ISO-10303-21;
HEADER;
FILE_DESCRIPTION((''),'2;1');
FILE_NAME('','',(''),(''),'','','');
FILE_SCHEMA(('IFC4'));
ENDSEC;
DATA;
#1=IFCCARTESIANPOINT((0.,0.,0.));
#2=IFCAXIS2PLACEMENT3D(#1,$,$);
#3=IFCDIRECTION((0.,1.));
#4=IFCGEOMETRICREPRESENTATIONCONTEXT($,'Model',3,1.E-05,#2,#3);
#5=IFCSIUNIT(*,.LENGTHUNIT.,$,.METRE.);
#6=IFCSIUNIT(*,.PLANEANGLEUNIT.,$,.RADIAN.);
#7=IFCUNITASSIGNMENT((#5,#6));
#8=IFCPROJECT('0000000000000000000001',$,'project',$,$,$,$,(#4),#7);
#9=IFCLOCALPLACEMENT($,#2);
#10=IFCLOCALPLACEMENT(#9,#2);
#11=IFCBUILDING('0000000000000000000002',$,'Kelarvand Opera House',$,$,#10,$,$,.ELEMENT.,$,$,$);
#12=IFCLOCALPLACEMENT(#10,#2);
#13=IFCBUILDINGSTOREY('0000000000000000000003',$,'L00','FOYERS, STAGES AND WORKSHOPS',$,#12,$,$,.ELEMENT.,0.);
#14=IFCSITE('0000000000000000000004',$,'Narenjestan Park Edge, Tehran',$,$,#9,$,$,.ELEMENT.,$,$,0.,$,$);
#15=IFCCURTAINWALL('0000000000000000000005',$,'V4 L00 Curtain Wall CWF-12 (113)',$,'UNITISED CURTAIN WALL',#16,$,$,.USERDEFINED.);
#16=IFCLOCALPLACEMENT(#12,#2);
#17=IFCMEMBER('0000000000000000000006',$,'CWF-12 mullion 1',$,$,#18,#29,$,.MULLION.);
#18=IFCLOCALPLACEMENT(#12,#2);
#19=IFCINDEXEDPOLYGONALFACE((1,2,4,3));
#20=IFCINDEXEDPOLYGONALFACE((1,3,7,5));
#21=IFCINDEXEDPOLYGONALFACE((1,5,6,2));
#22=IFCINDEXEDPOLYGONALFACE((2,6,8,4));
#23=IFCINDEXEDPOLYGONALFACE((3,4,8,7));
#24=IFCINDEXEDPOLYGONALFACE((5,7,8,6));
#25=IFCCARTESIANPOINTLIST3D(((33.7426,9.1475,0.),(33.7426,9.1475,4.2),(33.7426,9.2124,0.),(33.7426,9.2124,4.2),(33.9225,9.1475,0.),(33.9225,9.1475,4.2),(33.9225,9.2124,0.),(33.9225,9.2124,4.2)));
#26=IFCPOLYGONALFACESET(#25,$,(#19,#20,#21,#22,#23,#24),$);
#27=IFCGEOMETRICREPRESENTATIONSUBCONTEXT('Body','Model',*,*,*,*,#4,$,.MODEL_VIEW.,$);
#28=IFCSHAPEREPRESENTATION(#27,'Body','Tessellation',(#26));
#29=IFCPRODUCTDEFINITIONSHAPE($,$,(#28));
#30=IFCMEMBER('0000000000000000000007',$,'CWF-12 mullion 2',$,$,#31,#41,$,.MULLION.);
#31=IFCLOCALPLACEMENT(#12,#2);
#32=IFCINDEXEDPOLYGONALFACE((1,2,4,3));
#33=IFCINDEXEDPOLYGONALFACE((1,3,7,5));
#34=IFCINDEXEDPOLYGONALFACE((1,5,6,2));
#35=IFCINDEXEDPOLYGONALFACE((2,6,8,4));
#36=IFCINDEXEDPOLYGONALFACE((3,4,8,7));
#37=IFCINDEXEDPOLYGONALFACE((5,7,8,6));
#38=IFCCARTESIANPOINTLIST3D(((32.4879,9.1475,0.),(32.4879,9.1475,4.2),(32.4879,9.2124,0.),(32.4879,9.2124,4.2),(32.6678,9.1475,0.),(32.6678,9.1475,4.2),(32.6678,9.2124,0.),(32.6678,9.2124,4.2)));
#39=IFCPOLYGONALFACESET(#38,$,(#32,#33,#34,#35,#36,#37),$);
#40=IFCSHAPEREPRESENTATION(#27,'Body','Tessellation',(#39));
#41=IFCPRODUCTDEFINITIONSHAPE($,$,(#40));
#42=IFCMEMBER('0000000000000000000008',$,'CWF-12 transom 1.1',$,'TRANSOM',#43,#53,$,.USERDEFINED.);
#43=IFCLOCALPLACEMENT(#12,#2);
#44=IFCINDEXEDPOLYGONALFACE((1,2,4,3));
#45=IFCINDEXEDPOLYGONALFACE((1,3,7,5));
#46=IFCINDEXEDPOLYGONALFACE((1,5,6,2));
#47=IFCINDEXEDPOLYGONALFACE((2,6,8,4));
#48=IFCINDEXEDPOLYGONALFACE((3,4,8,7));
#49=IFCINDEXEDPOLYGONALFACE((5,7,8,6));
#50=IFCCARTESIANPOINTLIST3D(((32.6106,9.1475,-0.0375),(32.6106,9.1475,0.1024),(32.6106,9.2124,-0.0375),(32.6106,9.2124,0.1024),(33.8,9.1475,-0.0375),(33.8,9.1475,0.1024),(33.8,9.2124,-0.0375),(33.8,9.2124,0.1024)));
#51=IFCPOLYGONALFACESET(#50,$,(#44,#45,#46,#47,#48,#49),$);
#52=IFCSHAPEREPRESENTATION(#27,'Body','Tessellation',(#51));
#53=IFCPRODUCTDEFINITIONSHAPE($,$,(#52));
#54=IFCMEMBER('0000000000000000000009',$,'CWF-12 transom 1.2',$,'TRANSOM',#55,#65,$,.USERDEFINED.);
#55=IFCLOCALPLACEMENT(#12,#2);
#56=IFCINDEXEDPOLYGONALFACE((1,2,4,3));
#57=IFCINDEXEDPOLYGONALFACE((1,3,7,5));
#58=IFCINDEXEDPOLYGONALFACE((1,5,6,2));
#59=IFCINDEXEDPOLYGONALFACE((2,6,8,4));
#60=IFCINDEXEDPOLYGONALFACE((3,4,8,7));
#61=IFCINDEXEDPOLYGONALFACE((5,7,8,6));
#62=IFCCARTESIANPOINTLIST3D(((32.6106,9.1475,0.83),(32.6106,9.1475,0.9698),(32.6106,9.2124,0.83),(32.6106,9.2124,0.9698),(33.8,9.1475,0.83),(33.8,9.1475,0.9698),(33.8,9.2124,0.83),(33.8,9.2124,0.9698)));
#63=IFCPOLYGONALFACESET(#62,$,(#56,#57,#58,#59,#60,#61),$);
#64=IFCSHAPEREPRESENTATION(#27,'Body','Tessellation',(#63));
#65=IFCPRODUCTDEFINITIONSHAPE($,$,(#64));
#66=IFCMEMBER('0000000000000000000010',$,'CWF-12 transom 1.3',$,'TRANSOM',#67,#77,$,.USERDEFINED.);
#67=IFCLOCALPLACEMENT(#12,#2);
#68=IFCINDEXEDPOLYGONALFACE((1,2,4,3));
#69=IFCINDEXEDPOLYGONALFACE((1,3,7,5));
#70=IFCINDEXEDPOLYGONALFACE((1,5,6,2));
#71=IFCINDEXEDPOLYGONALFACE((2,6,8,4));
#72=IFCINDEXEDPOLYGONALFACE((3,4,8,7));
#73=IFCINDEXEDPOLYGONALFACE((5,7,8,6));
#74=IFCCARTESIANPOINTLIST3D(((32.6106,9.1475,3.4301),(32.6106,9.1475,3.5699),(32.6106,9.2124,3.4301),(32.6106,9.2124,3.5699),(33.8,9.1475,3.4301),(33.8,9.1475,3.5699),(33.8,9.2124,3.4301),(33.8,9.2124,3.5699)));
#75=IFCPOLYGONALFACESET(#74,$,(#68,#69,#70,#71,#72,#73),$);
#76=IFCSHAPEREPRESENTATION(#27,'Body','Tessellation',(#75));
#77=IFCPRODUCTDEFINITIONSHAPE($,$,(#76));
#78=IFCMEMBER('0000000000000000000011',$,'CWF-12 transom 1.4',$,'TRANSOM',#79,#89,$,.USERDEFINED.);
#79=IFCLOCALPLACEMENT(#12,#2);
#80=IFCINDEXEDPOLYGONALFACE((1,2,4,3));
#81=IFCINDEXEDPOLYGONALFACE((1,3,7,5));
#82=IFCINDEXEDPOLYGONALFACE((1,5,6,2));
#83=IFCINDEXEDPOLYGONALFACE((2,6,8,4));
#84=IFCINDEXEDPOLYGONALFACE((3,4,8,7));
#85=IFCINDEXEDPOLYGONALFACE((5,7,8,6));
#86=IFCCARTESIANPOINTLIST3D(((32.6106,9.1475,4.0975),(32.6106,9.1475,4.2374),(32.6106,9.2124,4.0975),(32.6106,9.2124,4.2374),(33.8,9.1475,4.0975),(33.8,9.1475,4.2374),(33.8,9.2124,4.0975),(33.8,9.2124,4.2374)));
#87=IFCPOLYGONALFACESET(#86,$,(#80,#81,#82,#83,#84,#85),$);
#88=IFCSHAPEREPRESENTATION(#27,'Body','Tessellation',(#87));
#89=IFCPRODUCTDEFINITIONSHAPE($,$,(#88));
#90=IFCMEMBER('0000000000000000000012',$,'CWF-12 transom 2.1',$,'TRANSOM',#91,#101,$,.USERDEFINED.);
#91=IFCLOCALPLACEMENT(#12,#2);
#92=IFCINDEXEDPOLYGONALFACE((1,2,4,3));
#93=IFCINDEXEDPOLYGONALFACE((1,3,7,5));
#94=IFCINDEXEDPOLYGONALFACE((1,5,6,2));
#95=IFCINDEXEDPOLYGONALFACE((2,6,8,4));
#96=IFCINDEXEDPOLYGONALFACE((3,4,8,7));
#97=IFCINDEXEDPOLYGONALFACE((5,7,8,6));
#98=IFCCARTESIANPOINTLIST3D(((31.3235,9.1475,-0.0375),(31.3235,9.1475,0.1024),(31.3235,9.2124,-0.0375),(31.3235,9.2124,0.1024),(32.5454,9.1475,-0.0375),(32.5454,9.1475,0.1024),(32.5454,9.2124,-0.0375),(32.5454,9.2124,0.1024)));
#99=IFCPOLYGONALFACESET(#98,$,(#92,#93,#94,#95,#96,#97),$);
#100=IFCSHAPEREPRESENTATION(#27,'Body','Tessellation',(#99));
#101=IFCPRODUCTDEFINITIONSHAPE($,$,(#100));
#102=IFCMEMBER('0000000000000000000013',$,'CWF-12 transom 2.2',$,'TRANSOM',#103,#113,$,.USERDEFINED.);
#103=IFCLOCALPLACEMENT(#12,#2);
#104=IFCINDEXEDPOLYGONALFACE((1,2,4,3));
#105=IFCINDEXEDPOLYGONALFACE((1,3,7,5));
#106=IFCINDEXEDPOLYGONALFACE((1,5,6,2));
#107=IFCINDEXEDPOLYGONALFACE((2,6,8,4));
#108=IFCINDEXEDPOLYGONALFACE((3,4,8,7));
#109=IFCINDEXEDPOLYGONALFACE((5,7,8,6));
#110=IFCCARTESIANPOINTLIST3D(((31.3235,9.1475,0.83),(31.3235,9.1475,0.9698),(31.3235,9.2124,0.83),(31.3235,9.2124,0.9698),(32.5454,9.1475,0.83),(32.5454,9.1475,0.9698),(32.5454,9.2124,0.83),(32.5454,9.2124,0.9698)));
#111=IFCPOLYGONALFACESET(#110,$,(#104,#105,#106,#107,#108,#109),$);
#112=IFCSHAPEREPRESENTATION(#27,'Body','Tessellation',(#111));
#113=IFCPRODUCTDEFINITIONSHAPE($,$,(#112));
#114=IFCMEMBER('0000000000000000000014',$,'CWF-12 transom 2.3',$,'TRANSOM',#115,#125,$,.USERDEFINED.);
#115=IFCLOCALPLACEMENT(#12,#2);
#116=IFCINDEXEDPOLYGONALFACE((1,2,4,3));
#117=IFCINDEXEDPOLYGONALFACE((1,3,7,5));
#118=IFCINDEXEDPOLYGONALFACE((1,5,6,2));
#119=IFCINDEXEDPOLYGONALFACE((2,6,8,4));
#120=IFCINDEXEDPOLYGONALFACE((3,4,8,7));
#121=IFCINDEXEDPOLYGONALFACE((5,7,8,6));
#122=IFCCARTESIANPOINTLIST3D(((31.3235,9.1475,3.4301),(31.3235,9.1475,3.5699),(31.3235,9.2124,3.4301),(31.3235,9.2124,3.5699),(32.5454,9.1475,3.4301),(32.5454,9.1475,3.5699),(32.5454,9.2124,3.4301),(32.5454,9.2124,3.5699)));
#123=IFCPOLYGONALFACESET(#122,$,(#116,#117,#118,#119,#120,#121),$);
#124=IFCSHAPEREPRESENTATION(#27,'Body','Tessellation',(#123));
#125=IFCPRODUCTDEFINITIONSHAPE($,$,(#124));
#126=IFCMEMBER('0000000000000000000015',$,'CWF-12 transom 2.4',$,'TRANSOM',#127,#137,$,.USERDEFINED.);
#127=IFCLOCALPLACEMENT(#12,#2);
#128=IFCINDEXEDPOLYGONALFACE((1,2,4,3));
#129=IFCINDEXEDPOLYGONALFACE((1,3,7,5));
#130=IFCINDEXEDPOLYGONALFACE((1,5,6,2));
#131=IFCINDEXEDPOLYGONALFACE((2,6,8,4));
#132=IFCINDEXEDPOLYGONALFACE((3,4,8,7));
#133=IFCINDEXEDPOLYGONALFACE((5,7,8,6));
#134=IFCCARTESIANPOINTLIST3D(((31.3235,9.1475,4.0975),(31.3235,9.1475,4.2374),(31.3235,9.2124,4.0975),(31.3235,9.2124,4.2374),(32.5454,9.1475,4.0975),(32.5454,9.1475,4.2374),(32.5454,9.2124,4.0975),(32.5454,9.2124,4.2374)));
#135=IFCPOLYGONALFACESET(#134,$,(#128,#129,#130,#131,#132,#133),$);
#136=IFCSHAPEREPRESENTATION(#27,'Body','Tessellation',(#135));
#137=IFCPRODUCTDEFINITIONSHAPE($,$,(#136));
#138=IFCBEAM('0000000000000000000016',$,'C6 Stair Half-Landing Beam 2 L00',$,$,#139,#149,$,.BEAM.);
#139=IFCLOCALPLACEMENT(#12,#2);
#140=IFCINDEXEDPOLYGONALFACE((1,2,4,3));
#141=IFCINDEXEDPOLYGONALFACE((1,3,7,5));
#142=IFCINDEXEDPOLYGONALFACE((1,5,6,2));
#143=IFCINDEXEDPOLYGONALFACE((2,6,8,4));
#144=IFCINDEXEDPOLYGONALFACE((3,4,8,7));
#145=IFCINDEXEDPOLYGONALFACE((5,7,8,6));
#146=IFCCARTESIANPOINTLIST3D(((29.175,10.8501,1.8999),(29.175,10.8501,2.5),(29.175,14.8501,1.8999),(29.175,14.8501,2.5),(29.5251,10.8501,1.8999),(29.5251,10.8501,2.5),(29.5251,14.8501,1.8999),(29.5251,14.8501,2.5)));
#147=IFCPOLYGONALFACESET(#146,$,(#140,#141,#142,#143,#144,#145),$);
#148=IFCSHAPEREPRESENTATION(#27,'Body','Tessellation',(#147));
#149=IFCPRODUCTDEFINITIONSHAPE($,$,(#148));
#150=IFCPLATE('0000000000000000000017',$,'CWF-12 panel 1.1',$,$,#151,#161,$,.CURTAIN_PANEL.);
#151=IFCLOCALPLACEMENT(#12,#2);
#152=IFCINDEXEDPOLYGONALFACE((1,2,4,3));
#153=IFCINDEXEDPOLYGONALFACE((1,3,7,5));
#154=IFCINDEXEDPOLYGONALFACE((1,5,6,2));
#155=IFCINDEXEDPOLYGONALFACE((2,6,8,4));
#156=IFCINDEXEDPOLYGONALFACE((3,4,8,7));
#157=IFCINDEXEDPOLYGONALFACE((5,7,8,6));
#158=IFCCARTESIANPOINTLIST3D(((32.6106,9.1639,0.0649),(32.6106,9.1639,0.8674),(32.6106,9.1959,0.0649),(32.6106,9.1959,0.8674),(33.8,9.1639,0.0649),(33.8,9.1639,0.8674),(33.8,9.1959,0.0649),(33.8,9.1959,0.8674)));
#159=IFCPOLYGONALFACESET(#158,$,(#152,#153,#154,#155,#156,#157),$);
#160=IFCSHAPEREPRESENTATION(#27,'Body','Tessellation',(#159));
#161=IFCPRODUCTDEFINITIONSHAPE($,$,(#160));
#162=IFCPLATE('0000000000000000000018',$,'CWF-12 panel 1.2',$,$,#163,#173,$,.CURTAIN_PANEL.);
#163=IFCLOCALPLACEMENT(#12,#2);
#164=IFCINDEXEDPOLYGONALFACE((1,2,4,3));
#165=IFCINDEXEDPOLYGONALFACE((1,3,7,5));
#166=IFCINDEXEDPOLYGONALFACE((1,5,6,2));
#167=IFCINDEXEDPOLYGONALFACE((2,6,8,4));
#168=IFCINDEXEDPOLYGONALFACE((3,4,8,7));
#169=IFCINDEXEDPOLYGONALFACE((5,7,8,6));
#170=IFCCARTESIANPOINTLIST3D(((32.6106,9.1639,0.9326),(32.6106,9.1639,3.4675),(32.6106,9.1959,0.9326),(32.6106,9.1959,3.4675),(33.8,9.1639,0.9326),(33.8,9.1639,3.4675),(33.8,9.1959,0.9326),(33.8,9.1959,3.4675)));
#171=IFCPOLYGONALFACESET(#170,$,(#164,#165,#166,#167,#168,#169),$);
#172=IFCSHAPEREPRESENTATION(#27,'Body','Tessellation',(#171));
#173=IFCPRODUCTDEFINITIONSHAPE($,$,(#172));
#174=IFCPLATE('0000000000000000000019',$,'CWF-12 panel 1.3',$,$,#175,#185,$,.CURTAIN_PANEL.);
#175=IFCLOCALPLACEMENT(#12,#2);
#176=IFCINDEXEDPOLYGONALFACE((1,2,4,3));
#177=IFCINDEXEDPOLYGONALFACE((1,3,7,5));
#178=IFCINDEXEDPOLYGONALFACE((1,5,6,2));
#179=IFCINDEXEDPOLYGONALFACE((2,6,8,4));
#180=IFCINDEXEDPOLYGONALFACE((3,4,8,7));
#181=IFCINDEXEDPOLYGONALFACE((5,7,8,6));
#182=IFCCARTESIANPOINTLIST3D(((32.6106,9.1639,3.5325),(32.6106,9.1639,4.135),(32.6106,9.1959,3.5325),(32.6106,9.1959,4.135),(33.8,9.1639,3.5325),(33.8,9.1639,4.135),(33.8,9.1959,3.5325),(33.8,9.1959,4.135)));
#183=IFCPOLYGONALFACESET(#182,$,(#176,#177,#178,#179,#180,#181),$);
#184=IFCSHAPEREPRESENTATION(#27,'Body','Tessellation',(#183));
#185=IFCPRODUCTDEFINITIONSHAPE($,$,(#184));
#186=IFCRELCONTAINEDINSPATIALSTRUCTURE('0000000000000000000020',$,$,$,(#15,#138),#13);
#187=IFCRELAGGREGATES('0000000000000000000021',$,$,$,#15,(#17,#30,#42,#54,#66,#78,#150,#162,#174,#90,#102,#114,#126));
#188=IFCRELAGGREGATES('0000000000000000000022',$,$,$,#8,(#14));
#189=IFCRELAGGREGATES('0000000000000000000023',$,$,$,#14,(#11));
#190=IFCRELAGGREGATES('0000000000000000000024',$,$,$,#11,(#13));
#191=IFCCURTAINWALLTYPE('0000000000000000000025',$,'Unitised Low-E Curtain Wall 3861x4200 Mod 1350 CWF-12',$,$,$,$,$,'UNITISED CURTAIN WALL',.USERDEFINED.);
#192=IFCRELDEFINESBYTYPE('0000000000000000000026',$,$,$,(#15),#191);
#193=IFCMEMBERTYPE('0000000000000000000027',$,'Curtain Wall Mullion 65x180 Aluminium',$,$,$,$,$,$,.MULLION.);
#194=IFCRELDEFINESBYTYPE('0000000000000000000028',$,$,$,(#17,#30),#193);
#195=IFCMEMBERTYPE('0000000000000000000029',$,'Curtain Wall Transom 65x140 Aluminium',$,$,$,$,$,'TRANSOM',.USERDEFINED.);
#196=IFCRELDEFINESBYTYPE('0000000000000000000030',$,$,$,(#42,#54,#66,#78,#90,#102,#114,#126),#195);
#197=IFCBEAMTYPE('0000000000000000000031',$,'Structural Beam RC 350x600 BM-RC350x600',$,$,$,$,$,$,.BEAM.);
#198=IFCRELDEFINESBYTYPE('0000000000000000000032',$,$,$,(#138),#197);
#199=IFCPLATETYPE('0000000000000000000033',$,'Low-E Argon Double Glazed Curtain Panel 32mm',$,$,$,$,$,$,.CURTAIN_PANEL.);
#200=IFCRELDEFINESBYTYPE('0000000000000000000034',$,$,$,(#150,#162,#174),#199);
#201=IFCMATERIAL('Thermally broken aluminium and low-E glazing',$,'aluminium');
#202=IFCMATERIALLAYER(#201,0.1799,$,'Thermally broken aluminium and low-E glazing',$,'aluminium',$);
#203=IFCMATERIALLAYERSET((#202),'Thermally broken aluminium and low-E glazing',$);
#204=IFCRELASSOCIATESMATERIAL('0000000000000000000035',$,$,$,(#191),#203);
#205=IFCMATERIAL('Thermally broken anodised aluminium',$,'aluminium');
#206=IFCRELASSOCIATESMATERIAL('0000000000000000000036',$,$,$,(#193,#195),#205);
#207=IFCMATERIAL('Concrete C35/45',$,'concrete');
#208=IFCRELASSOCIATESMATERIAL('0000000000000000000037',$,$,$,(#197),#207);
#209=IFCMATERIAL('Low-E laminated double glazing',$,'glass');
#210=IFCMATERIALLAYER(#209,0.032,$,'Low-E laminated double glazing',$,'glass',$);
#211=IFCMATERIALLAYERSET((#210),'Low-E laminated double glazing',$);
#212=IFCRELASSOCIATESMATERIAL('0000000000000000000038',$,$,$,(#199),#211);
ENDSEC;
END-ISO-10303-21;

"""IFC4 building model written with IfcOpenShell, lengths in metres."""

from ifc_helpers import new_model, si_unit, direction, frame, origin, origin_2d, place, context, subcontext, project, spatial, rectangle, extrude, material, layer, layer_set, material_profile, profile_set, type_object, element, aggregate, save


model = new_model("IFC4")

# Units and contexts
model_context = context("Model", 3, precision=1e-05, world=origin(), true_north=direction((0.0, 1.0)))
body_context = subcontext(model_context, "Body", "Model", "MODEL_VIEW")
ifc_project = project(units=[si_unit("LENGTHUNIT", "METRE"), si_unit("PLANEANGLEUNIT", "RADIAN")], contexts=[model_context])

# Site, building, storey
site_placement = place(None, origin())
site = spatial("IfcSite", under=ifc_project, at=site_placement, Name="Narenjestan Park Edge, Tehran", CompositionType="ELEMENT", RefElevation=0.0)
building_placement = place(site_placement, origin())
building = spatial("IfcBuilding", under=site, at=building_placement, Name="Kelarvand Opera House", CompositionType="ELEMENT")
storey_placement = place(building_placement, origin())
storey = spatial("IfcBuildingStorey", under=building, at=storey_placement, Name="L00", Description="FOYERS, STAGES AND WORKSHOPS", CompositionType="ELEMENT", Elevation=0.0)

# Curtain wall, members
ifc_material_1 = material(Name="Thermally broken aluminium and low-E glazing", Category="aluminium")
ifc_layer_1 = layer(ifc_material_1, 0.1799, Name="Thermally broken aluminium and low-E glazing", Category="aluminium")
ifc_layer_set_1 = layer_set([ifc_layer_1], Name="Thermally broken aluminium and low-E glazing")
curtain_wall_type = type_object("IfcCurtainWallType", Name="Unitised Low-E Curtain Wall 3861x4200 Mod 1350 CWF-12", ElementType="UNITISED CURTAIN WALL", PredefinedType="USERDEFINED", material=ifc_layer_set_1)
curtain_wall_placement = place(storey_placement, origin())
curtain_wall = element("IfcCurtainWall", 1, at=curtain_wall_placement, inside=storey, type_object=curtain_wall_type, Name="V4 L00 Curtain Wall CWF-12 (113)", ObjectType="UNITISED CURTAIN WALL", PredefinedType="USERDEFINED")
ifc_material_2 = material(Name="Thermally broken anodised aluminium", Category="aluminium")
ifc_material_profile_1 = material_profile(ifc_material_2, rectangle(XDim=0.0649, YDim=0.1799, at=origin_2d()), Name="ALU MULLION 65x180", Category="aluminium")
ifc_profile_set_1 = profile_set([ifc_material_profile_1], Name="Thermally broken anodised aluminium")
member_type_1 = type_object("IfcMemberType", Name="Curtain Wall Mullion 65x180 Aluminium", PredefinedType="MULLION", material=ifc_profile_set_1)
member_1_placement = place(storey_placement, frame((33.8325, 9.1799, 0.0), z_axis=(0.0, 0.0, 1.0), x_axis=(0.0, -1.0, 0.0)))
member_1 = element("IfcMember", 2, at=member_1_placement, type_object=member_type_1, Name="CWF-12 mullion 1", PredefinedType="MULLION", context=body_context, shape_type="SweptSolid", body=[
    extrude(rectangle(XDim=0.0649, YDim=0.1799, at=origin_2d()), origin(), (0.0, 0.0, 1.0), 4.2),
])
member_2_placement = place(storey_placement, frame((32.5779, 9.1799, 0.0), z_axis=(0.0, 0.0, 1.0), x_axis=(0.0, -1.0, 0.0)))
member_2 = element("IfcMember", 3, at=member_2_placement, type_object=member_type_1, Name="CWF-12 mullion 2", PredefinedType="MULLION", context=body_context, shape_type="SweptSolid", body=[
    extrude(rectangle(XDim=0.0649, YDim=0.1799, at=origin_2d()), origin(), (0.0, 0.0, 1.0), 4.2),
])
ifc_material_profile_2 = material_profile(ifc_material_2, rectangle(XDim=0.0649, YDim=0.1399, at=origin_2d()), Name="ALU TRANSOM 65x140", Category="aluminium")
ifc_profile_set_2 = profile_set([ifc_material_profile_2], Name="Thermally broken anodised aluminium")
member_type_2 = type_object("IfcMemberType", Name="Curtain Wall Transom 65x140 Aluminium", ElementType="TRANSOM", PredefinedType="USERDEFINED", material=ifc_profile_set_2)
member_3_placement = place(storey_placement, frame((33.8, 9.1799, 0.0325), z_axis=(-1.0, 0.0, 0.0), x_axis=(0.0, -1.0, 0.0)))
member_3 = element("IfcMember", 4, at=member_3_placement, type_object=member_type_2, Name="CWF-12 transom 1.1", ObjectType="TRANSOM", PredefinedType="USERDEFINED", context=body_context, shape_type="SweptSolid", body=[
    extrude(rectangle(XDim=0.0649, YDim=0.1399, at=origin_2d()), origin(), (0.0, 0.0, 1.0), 1.1895),
])
member_4_placement = place(storey_placement, frame((33.8, 9.1799, 0.8999), z_axis=(-1.0, 0.0, 0.0), x_axis=(0.0, -1.0, 0.0)))
member_4 = element("IfcMember", 5, at=member_4_placement, type_object=member_type_2, Name="CWF-12 transom 1.2", ObjectType="TRANSOM", PredefinedType="USERDEFINED", context=body_context, shape_type="SweptSolid", body=[
    extrude(rectangle(XDim=0.0649, YDim=0.1399, at=origin_2d()), origin(), (0.0, 0.0, 1.0), 1.1895),
])
member_5_placement = place(storey_placement, frame((33.8, 9.1799, 3.5), z_axis=(-1.0, 0.0, 0.0), x_axis=(0.0, -1.0, 0.0)))
member_5 = element("IfcMember", 6, at=member_5_placement, type_object=member_type_2, Name="CWF-12 transom 1.3", ObjectType="TRANSOM", PredefinedType="USERDEFINED", context=body_context, shape_type="SweptSolid", body=[
    extrude(rectangle(XDim=0.0649, YDim=0.1399, at=origin_2d()), origin(), (0.0, 0.0, 1.0), 1.1895),
])
member_6_placement = place(storey_placement, frame((33.8, 9.1799, 4.1675), z_axis=(-1.0, 0.0, 0.0), x_axis=(0.0, -1.0, 0.0)))
member_6 = element("IfcMember", 7, at=member_6_placement, type_object=member_type_2, Name="CWF-12 transom 1.4", ObjectType="TRANSOM", PredefinedType="USERDEFINED", context=body_context, shape_type="SweptSolid", body=[
    extrude(rectangle(XDim=0.0649, YDim=0.1399, at=origin_2d()), origin(), (0.0, 0.0, 1.0), 1.1895),
])
member_7_placement = place(storey_placement, frame((32.5454, 9.1799, 0.0325), z_axis=(-1.0, 0.0, 0.0), x_axis=(0.0, -1.0, 0.0)))
member_7 = element("IfcMember", 8, at=member_7_placement, type_object=member_type_2, Name="CWF-12 transom 2.1", ObjectType="TRANSOM", PredefinedType="USERDEFINED", context=body_context, shape_type="SweptSolid", body=[
    extrude(rectangle(XDim=0.0649, YDim=0.1399, at=origin_2d()), origin(), (0.0, 0.0, 1.0), 1.2219),
])
member_8_placement = place(storey_placement, frame((32.5454, 9.1799, 0.8999), z_axis=(-1.0, 0.0, 0.0), x_axis=(0.0, -1.0, 0.0)))
member_8 = element("IfcMember", 9, at=member_8_placement, type_object=member_type_2, Name="CWF-12 transom 2.2", ObjectType="TRANSOM", PredefinedType="USERDEFINED", context=body_context, shape_type="SweptSolid", body=[
    extrude(rectangle(XDim=0.0649, YDim=0.1399, at=origin_2d()), origin(), (0.0, 0.0, 1.0), 1.2219),
])
member_9_placement = place(storey_placement, frame((32.5454, 9.1799, 3.5), z_axis=(-1.0, 0.0, 0.0), x_axis=(0.0, -1.0, 0.0)))
member_9 = element("IfcMember", 10, at=member_9_placement, type_object=member_type_2, Name="CWF-12 transom 2.3", ObjectType="TRANSOM", PredefinedType="USERDEFINED", context=body_context, shape_type="SweptSolid", body=[
    extrude(rectangle(XDim=0.0649, YDim=0.1399, at=origin_2d()), origin(), (0.0, 0.0, 1.0), 1.2219),
])
member_10_placement = place(storey_placement, frame((32.5454, 9.1799, 4.1675), z_axis=(-1.0, 0.0, 0.0), x_axis=(0.0, -1.0, 0.0)))
member_10 = element("IfcMember", 11, at=member_10_placement, type_object=member_type_2, Name="CWF-12 transom 2.4", ObjectType="TRANSOM", PredefinedType="USERDEFINED", context=body_context, shape_type="SweptSolid", body=[
    extrude(rectangle(XDim=0.0649, YDim=0.1399, at=origin_2d()), origin(), (0.0, 0.0, 1.0), 1.2219),
])

# Beam
ifc_material_3 = material(Name="Concrete C35/45", Category="concrete")
ifc_material_profile_3 = material_profile(ifc_material_3, rectangle(XDim=0.3501, YDim=0.6001, at=origin_2d()), Name="RC 350x600", Category="concrete")
ifc_profile_set_3 = profile_set([ifc_material_profile_3], Name="Concrete C35/45")
beam_type = type_object("IfcBeamType", Name="Structural Beam RC 350x600 BM-RC350x600", PredefinedType="BEAM", material=ifc_profile_set_3)
beam_placement = place(storey_placement, frame((29.3501, 10.8501, 2.2), z_axis=(0.0, 1.0, 0.0), x_axis=(-1.0, 0.0, 0.0)))
element("IfcBeam", 12, at=beam_placement, inside=storey, type_object=beam_type, Name="C6 Stair Half-Landing Beam 2 L00", PredefinedType="BEAM", context=body_context, shape_type="SweptSolid", body=[
    extrude(rectangle(XDim=0.3501, YDim=0.6001, at=origin_2d()), origin(), (0.0, 0.0, 1.0), 4.0),
])

# Plates
ifc_material_4 = material(Name="Low-E laminated double glazing", Category="glass")
ifc_layer_2 = layer(ifc_material_4, 0.032, Name="Low-E laminated double glazing", Category="glass")
ifc_layer_set_2 = layer_set([ifc_layer_2], Name="Low-E laminated double glazing")
plate_type = type_object("IfcPlateType", Name="Low-E Argon Double Glazed Curtain Panel 32mm", PredefinedType="CURTAIN_PANEL", material=ifc_layer_set_2)
plate_1_placement = place(storey_placement, frame((33.2053, 9.1799, 0.0649), z_axis=(0.0, 0.0, 1.0), x_axis=(-1.0, 0.0, 0.0)))
plate_1 = element("IfcPlate", 13, at=plate_1_placement, type_object=plate_type, Name="CWF-12 panel 1.1", PredefinedType="CURTAIN_PANEL", context=body_context, shape_type="SweptSolid", body=[
    extrude(rectangle(XDim=1.1895, YDim=0.032, at=origin_2d()), origin(), (0.0, 0.0, 1.0), 0.8025),
])
plate_2_placement = place(storey_placement, frame((33.2053, 9.1799, 0.9326), z_axis=(0.0, 0.0, 1.0), x_axis=(-1.0, 0.0, 0.0)))
plate_2 = element("IfcPlate", 14, at=plate_2_placement, type_object=plate_type, Name="CWF-12 panel 1.2", PredefinedType="CURTAIN_PANEL", context=body_context, shape_type="SweptSolid", body=[
    extrude(rectangle(XDim=1.1895, YDim=0.032, at=origin_2d()), origin(), (0.0, 0.0, 1.0), 2.5349),
])
plate_3_placement = place(storey_placement, frame((33.2053, 9.1799, 3.5325), z_axis=(0.0, 0.0, 1.0), x_axis=(-1.0, 0.0, 0.0)))
plate_3 = element("IfcPlate", 15, at=plate_3_placement, type_object=plate_type, Name="CWF-12 panel 1.3", PredefinedType="CURTAIN_PANEL", context=body_context, shape_type="SweptSolid", body=[
    extrude(rectangle(XDim=1.1895, YDim=0.032, at=origin_2d()), origin(), (0.0, 0.0, 1.0), 0.6025),
])
aggregate(curtain_wall, [member_1, member_2, member_3, member_4, member_5, member_6, plate_1, plate_2, plate_3, member_7, member_8, member_9, member_10])

save(model, "model.ifc")
